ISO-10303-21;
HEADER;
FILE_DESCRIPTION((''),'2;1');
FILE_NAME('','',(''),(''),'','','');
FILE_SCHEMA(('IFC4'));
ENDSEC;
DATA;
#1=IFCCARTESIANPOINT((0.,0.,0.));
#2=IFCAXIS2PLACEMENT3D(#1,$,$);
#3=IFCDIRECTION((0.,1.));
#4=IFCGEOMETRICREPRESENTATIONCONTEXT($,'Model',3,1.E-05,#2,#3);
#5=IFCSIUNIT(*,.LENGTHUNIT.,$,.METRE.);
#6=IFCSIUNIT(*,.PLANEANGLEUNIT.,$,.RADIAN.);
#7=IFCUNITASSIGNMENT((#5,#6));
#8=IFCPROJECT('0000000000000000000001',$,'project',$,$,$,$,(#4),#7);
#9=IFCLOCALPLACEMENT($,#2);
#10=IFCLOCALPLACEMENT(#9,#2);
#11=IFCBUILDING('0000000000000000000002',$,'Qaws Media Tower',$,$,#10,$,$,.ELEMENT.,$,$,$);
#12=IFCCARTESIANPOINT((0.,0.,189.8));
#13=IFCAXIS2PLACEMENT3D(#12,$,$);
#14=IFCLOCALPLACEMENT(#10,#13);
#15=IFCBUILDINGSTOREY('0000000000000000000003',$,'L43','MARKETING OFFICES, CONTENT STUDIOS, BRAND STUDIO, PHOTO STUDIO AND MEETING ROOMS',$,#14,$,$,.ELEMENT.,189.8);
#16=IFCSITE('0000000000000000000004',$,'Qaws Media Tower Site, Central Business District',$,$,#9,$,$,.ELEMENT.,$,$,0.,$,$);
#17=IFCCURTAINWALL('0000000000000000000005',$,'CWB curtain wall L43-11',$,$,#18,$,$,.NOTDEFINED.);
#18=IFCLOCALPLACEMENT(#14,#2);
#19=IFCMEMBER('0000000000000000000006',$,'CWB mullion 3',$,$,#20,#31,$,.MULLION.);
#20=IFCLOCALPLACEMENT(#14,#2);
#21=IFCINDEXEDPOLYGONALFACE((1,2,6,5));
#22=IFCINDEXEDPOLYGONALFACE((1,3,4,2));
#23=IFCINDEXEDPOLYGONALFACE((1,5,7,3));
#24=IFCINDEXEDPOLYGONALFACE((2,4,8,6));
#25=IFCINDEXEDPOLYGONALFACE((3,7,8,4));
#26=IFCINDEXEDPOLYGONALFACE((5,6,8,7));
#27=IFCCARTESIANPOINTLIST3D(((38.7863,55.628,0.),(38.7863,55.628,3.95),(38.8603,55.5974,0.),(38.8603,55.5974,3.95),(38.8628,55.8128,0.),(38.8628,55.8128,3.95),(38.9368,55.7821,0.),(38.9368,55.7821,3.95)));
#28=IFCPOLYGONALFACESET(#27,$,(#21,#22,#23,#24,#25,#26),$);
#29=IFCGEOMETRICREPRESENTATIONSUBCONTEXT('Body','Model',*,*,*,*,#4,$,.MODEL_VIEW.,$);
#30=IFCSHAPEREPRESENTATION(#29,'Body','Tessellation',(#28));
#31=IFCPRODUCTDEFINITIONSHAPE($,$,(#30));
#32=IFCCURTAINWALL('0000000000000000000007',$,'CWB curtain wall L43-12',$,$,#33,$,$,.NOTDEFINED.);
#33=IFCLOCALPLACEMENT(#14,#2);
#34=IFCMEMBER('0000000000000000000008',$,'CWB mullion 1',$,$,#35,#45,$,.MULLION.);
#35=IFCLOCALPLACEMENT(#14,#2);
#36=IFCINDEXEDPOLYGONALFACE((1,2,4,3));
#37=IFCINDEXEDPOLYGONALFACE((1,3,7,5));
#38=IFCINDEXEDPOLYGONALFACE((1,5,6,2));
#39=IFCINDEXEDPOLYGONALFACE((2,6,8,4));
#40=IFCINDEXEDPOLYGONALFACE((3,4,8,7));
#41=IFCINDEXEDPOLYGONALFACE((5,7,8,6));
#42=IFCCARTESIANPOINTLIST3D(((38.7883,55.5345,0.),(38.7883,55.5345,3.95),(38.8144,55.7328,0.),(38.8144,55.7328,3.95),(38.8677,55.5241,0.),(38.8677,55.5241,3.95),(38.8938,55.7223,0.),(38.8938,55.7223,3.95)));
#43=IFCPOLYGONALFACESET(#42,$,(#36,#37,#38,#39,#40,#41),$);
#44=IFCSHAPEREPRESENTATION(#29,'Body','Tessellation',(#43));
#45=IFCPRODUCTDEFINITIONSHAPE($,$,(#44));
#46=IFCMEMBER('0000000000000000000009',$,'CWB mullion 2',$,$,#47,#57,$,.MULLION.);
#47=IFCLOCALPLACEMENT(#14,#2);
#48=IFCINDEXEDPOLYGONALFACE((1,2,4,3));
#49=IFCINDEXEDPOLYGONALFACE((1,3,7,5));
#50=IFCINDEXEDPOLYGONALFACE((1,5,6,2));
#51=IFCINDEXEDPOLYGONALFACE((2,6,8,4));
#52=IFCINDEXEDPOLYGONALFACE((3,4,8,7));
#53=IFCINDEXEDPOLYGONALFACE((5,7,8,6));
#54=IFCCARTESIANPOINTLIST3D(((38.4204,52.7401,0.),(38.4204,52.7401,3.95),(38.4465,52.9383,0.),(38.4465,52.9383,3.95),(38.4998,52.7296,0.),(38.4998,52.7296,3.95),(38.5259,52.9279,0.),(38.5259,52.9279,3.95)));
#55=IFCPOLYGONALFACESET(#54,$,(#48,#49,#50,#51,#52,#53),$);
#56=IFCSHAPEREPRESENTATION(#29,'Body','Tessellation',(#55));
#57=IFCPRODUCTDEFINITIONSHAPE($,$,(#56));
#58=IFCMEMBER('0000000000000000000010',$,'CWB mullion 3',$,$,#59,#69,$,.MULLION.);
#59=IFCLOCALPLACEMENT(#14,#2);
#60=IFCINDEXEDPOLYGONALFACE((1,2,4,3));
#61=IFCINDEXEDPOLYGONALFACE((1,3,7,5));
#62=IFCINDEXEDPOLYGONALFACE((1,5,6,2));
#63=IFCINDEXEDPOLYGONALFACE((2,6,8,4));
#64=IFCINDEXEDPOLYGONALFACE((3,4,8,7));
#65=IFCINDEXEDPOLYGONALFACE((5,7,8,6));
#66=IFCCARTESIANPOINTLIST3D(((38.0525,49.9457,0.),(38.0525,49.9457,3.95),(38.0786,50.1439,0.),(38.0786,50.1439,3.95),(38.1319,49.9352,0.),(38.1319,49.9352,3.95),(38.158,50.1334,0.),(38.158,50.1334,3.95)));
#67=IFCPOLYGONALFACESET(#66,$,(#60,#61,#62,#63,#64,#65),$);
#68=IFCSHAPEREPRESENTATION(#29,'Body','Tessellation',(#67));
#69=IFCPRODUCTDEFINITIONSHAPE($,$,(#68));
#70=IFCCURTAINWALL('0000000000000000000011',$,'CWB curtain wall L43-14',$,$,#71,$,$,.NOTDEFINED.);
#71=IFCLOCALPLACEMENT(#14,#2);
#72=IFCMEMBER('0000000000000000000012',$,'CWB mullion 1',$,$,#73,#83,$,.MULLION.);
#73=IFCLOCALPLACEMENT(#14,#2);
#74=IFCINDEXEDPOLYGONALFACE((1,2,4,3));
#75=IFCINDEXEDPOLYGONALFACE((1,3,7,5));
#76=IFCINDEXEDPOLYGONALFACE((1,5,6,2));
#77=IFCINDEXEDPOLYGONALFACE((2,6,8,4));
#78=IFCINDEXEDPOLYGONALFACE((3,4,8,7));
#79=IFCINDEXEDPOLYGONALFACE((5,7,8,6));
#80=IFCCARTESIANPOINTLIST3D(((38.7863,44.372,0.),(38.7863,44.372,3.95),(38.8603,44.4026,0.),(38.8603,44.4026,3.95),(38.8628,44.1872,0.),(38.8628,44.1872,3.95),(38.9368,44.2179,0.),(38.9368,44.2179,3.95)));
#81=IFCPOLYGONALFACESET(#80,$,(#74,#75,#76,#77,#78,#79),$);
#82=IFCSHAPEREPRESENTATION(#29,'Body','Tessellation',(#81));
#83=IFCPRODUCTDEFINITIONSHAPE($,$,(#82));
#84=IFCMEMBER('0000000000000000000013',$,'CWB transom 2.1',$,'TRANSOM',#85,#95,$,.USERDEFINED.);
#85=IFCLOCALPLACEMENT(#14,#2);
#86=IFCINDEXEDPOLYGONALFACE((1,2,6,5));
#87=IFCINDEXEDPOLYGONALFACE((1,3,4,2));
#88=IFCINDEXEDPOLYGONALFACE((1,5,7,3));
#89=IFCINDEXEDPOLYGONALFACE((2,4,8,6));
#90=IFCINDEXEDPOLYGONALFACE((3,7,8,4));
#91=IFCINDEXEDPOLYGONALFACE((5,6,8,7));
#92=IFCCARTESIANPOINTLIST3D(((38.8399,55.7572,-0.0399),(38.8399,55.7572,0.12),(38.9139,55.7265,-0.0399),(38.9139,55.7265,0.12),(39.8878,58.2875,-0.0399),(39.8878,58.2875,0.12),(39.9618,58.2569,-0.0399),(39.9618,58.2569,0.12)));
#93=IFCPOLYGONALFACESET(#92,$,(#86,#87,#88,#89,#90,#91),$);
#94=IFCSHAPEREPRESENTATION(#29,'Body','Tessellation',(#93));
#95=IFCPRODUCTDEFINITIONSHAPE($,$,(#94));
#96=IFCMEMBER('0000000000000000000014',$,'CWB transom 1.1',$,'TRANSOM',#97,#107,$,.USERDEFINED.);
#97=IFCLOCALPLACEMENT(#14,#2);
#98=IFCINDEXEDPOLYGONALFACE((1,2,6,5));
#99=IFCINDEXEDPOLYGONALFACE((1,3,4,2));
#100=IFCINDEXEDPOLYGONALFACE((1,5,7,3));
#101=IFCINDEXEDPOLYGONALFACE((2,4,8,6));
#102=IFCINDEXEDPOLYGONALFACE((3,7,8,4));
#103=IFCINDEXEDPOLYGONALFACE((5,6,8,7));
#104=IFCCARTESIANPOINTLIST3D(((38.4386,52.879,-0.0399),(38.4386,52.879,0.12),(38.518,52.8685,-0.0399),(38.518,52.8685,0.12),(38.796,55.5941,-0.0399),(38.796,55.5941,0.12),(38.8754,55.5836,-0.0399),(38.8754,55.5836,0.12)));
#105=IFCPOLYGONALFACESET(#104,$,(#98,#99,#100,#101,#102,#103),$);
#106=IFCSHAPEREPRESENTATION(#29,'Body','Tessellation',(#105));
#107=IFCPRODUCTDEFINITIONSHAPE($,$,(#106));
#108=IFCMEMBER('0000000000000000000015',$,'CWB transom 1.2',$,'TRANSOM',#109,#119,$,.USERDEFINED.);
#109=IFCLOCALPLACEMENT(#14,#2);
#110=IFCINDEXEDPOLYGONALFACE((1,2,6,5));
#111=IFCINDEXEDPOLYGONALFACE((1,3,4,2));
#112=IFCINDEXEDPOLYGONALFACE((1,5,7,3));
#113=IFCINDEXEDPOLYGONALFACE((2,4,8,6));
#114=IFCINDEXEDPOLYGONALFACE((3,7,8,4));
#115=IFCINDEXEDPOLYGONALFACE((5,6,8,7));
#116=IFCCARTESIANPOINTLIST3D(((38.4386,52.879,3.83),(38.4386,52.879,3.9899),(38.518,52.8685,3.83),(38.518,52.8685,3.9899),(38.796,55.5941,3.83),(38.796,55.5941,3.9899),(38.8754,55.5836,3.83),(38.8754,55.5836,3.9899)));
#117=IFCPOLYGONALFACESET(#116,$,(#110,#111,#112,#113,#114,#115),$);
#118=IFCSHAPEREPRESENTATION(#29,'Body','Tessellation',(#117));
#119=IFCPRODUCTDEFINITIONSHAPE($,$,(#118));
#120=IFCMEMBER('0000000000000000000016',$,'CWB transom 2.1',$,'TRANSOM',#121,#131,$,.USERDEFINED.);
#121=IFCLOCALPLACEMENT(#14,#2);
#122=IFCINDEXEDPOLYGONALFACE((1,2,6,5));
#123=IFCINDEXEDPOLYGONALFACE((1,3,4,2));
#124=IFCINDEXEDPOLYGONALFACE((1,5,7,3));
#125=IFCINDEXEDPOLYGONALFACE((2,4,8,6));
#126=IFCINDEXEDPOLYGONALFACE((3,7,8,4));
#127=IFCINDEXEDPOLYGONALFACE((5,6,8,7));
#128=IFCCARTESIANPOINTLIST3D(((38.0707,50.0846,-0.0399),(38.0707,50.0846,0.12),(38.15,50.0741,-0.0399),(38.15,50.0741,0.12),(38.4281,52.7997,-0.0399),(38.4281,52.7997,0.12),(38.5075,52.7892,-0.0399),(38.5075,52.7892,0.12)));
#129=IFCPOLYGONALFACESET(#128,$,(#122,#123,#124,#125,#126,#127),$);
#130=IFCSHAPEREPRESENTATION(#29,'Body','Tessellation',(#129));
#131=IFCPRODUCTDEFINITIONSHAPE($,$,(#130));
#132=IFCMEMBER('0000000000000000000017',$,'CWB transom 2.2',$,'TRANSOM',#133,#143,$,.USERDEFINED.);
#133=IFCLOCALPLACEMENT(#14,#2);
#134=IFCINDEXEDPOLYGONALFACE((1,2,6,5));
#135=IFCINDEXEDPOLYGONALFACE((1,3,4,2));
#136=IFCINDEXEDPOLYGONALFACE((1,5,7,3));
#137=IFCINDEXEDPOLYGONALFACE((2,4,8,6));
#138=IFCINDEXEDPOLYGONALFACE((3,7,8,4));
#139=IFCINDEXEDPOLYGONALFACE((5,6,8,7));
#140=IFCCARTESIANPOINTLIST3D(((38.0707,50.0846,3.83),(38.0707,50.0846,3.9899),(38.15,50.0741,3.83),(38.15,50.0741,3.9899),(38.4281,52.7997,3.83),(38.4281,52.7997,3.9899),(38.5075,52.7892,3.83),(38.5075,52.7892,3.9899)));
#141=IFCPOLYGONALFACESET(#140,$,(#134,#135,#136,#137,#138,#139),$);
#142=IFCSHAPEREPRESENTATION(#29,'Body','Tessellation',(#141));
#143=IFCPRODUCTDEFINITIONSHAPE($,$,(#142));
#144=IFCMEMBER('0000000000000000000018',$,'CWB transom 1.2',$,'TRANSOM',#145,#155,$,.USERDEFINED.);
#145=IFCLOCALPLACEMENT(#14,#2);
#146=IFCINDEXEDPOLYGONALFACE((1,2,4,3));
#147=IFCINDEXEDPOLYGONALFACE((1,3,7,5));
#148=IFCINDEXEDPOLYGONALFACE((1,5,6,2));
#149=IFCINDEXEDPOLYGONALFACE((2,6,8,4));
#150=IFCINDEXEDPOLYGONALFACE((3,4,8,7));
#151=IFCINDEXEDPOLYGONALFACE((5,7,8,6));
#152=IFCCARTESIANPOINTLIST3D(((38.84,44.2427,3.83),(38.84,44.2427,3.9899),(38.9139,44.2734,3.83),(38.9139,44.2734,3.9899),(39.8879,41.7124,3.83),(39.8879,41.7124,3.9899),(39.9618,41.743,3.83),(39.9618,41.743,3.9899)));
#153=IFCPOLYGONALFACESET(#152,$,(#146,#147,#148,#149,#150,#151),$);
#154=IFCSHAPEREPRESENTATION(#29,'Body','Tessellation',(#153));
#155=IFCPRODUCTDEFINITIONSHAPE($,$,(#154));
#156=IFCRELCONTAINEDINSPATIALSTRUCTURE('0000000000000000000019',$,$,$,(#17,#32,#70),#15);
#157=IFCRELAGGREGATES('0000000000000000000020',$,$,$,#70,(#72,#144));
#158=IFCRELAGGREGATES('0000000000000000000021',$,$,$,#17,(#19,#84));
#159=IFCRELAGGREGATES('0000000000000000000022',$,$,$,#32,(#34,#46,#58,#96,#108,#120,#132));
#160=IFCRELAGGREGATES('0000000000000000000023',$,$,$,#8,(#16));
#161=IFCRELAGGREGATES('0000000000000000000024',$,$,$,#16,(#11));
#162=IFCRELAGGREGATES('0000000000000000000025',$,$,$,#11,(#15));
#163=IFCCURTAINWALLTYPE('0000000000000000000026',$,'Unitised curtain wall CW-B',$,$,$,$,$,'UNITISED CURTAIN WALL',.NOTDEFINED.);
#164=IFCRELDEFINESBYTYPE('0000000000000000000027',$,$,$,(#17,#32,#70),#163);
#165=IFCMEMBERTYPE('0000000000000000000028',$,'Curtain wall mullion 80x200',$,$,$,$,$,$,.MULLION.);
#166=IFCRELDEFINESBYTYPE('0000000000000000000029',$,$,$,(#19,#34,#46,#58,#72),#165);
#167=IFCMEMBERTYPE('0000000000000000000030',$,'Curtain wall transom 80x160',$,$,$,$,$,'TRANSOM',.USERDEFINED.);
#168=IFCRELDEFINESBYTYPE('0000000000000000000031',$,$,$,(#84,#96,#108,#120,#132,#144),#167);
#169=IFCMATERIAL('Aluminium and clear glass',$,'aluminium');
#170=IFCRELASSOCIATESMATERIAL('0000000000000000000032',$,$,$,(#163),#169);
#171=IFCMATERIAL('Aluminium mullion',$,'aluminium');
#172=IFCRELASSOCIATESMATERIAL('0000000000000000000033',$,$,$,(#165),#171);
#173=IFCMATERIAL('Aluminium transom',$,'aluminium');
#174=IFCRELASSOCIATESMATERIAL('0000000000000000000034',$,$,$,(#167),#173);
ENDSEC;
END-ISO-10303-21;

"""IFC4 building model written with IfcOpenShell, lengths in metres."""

from ifc_helpers import new_model, si_unit, direction, frame, origin, origin_2d, place, context, subcontext, project, spatial, rectangle, extrude, material, material_profile, profile_set, type_object, element, aggregate, save


model = new_model("IFC4")

# Units and contexts
model_context = context("Model", 3, precision=1e-05, world=origin(), true_north=direction((0.0, 1.0)))
body_context = subcontext(model_context, "Body", "Model", "MODEL_VIEW")
ifc_project = project(units=[si_unit("LENGTHUNIT", "METRE"), si_unit("PLANEANGLEUNIT", "RADIAN")], contexts=[model_context])

# Site, building, storey
site_placement = place(None, origin())
site = spatial("IfcSite", under=ifc_project, at=site_placement, Name="Qaws Media Tower Site, Central Business District", CompositionType="ELEMENT", RefElevation=0.0)
building_placement = place(site_placement, origin())
building = spatial("IfcBuilding", under=site, at=building_placement, Name="Qaws Media Tower", CompositionType="ELEMENT")
storey_placement = place(building_placement, frame((0.0, 0.0, 189.8)))
storey = spatial("IfcBuildingStorey", under=building, at=storey_placement, Name="L43", Description="MARKETING OFFICES, CONTENT STUDIOS, BRAND STUDIO, PHOTO STUDIO AND MEETING ROOMS", CompositionType="ELEMENT", Elevation=189.8)

# Curtain wall, member
ifc_material_1 = material(Name="Aluminium and clear glass", Category="aluminium")
curtain_wall_type = type_object("IfcCurtainWallType", Name="Unitised curtain wall CW-B", ElementType="UNITISED CURTAIN WALL", PredefinedType="NOTDEFINED", material=ifc_material_1)
curtain_wall_1_placement = place(storey_placement, origin())
curtain_wall_1 = element("IfcCurtainWall", 1, at=curtain_wall_1_placement, inside=storey, type_object=curtain_wall_type, Name="CWB curtain wall L43-11", PredefinedType="NOTDEFINED")
ifc_material_2 = material(Name="Aluminium mullion", Category="aluminium")
ifc_material_profile_1 = material_profile(ifc_material_2, rectangle(XDim=0.0801, YDim=0.2, at=origin_2d()), Name="80x200")
ifc_profile_set_1 = profile_set([ifc_material_profile_1], Name="Aluminium mullion")
member_type_1 = type_object("IfcMemberType", Name="Curtain wall mullion 80x200", PredefinedType="MULLION", material=ifc_profile_set_1)
member_1_placement = place(storey_placement, frame((38.8616, 55.7051, 0.0), z_axis=(0.0, 0.0, 1.0), x_axis=(0.923879, -0.382684, 0.0)))
member_1 = element("IfcMember", 2, at=member_1_placement, type_object=member_type_1, Name="CWB mullion 3", PredefinedType="MULLION", context=body_context, shape_type="SweptSolid", body=[
    extrude(rectangle(XDim=0.0801, YDim=0.2, at=origin_2d()), origin(), (0.0, 0.0, 1.0), 3.95),
])

# Curtain wall, members
curtain_wall_2_placement = place(storey_placement, origin())
curtain_wall_2 = element("IfcCurtainWall", 3, at=curtain_wall_2_placement, inside=storey, type_object=curtain_wall_type, Name="CWB curtain wall L43-12", PredefinedType="NOTDEFINED")
member_2_placement = place(storey_placement, frame((38.8411, 55.6284, 0.0), z_axis=(0.0, 0.0, 1.0), x_axis=(0.991445, -0.130526, 0.0)))
member_2 = element("IfcMember", 4, at=member_2_placement, type_object=member_type_1, Name="CWB mullion 1", PredefinedType="MULLION", context=body_context, shape_type="SweptSolid", body=[
    extrude(rectangle(XDim=0.0801, YDim=0.2, at=origin_2d()), origin(), (0.0, 0.0, 1.0), 3.95),
])
member_3_placement = place(storey_placement, frame((38.4731, 52.834, 0.0), z_axis=(0.0, 0.0, 1.0), x_axis=(0.991445, -0.130526, 0.0)))
member_3 = element("IfcMember", 5, at=member_3_placement, type_object=member_type_1, Name="CWB mullion 2", PredefinedType="MULLION", context=body_context, shape_type="SweptSolid", body=[
    extrude(rectangle(XDim=0.0801, YDim=0.2, at=origin_2d()), origin(), (0.0, 0.0, 1.0), 3.95),
])
member_4_placement = place(storey_placement, frame((38.1052, 50.0396, 0.0), z_axis=(0.0, 0.0, 1.0), x_axis=(0.991445, -0.130526, 0.0)))
member_4 = element("IfcMember", 6, at=member_4_placement, type_object=member_type_1, Name="CWB mullion 3", PredefinedType="MULLION", context=body_context, shape_type="SweptSolid", body=[
    extrude(rectangle(XDim=0.0801, YDim=0.2, at=origin_2d()), origin(), (0.0, 0.0, 1.0), 3.95),
])

# Curtain wall, member
curtain_wall_3_placement = place(storey_placement, origin())
curtain_wall_3 = element("IfcCurtainWall", 7, at=curtain_wall_3_placement, inside=storey, type_object=curtain_wall_type, Name="CWB curtain wall L43-14", PredefinedType="NOTDEFINED")
member_5_placement = place(storey_placement, frame((38.8616, 44.2949, 0.0), z_axis=(0.0, 0.0, 1.0), x_axis=(0.923879, 0.382684, 0.0)))
member_5 = element("IfcMember", 8, at=member_5_placement, type_object=member_type_1, Name="CWB mullion 1", PredefinedType="MULLION", context=body_context, shape_type="SweptSolid", body=[
    extrude(rectangle(XDim=0.0801, YDim=0.2, at=origin_2d()), origin(), (0.0, 0.0, 1.0), 3.95),
])

# Members
ifc_material_3 = material(Name="Aluminium transom", Category="aluminium")
ifc_material_profile_2 = material_profile(ifc_material_3, rectangle(XDim=0.0801, YDim=0.1599, at=origin_2d()), Name="80x160")
ifc_profile_set_2 = profile_set([ifc_material_profile_2], Name="Aluminium transom")
member_type_2 = type_object("IfcMemberType", Name="Curtain wall transom 80x160", ElementType="TRANSOM", PredefinedType="USERDEFINED", material=ifc_profile_set_2)
member_6_placement = place(storey_placement, frame((39.9248, 58.2722, 0.04), z_axis=(-0.382614, -0.923908, 0.0), x_axis=(0.923908, -0.382614, 0.0)))
member_6 = element("IfcMember", 9, at=member_6_placement, type_object=member_type_2, Name="CWB transom 2.1", ObjectType="TRANSOM", PredefinedType="USERDEFINED", context=body_context, shape_type="SweptSolid", body=[
    extrude(rectangle(XDim=0.0801, YDim=0.1599, at=origin_2d()), origin(), (0.0, 0.0, 1.0), 2.7388),
])
member_7_placement = place(storey_placement, frame((38.8357, 55.5889, 0.04), z_axis=(-0.130517, -0.991446, 0.0), x_axis=(0.991446, -0.130517, 0.0)))
member_7 = element("IfcMember", 10, at=member_7_placement, type_object=member_type_2, Name="CWB transom 1.1", ObjectType="TRANSOM", PredefinedType="USERDEFINED", context=body_context, shape_type="SweptSolid", body=[
    extrude(rectangle(XDim=0.0801, YDim=0.1599, at=origin_2d()), origin(), (0.0, 0.0, 1.0), 2.7385),
])
member_8_placement = place(storey_placement, frame((38.8357, 55.5889, 3.9099), z_axis=(-0.130517, -0.991446, 0.0), x_axis=(0.991446, -0.130517, 0.0)))
member_8 = element("IfcMember", 11, at=member_8_placement, type_object=member_type_2, Name="CWB transom 1.2", ObjectType="TRANSOM", PredefinedType="USERDEFINED", context=body_context, shape_type="SweptSolid", body=[
    extrude(rectangle(XDim=0.0801, YDim=0.1599, at=origin_2d()), origin(), (0.0, 0.0, 1.0), 2.7385),
])
member_9_placement = place(storey_placement, frame((38.4678, 52.7944, 0.04), z_axis=(-0.130517, -0.991446, 0.0), x_axis=(0.991446, -0.130517, 0.0)))
member_9 = element("IfcMember", 12, at=member_9_placement, type_object=member_type_2, Name="CWB transom 2.1", ObjectType="TRANSOM", PredefinedType="USERDEFINED", context=body_context, shape_type="SweptSolid", body=[
    extrude(rectangle(XDim=0.0801, YDim=0.1599, at=origin_2d()), origin(), (0.0, 0.0, 1.0), 2.7385),
])
member_10_placement = place(storey_placement, frame((38.4678, 52.7944, 3.9099), z_axis=(-0.130517, -0.991446, 0.0), x_axis=(0.991446, -0.130517, 0.0)))
member_10 = element("IfcMember", 13, at=member_10_placement, type_object=member_type_2, Name="CWB transom 2.2", ObjectType="TRANSOM", PredefinedType="USERDEFINED", context=body_context, shape_type="SweptSolid", body=[
    extrude(rectangle(XDim=0.0801, YDim=0.1599, at=origin_2d()), origin(), (0.0, 0.0, 1.0), 2.7385),
])
member_11_placement = place(storey_placement, frame((38.877, 44.2581, 3.9099), z_axis=(0.382614, -0.923908, 0.0), x_axis=(0.923908, 0.382614, 0.0)))
member_11 = element("IfcMember", 14, at=member_11_placement, type_object=member_type_2, Name="CWB transom 1.2", ObjectType="TRANSOM", PredefinedType="USERDEFINED", context=body_context, shape_type="SweptSolid", body=[
    extrude(rectangle(XDim=0.0801, YDim=0.1599, at=origin_2d()), origin(), (0.0, 0.0, 1.0), 2.7388),
])
aggregate(curtain_wall_3, [member_5, member_11])

aggregate(curtain_wall_1, [member_1, member_6])
aggregate(curtain_wall_2, [member_2, member_3, member_4, member_7, member_8, member_9, member_10])

save(model, "model.ifc")
